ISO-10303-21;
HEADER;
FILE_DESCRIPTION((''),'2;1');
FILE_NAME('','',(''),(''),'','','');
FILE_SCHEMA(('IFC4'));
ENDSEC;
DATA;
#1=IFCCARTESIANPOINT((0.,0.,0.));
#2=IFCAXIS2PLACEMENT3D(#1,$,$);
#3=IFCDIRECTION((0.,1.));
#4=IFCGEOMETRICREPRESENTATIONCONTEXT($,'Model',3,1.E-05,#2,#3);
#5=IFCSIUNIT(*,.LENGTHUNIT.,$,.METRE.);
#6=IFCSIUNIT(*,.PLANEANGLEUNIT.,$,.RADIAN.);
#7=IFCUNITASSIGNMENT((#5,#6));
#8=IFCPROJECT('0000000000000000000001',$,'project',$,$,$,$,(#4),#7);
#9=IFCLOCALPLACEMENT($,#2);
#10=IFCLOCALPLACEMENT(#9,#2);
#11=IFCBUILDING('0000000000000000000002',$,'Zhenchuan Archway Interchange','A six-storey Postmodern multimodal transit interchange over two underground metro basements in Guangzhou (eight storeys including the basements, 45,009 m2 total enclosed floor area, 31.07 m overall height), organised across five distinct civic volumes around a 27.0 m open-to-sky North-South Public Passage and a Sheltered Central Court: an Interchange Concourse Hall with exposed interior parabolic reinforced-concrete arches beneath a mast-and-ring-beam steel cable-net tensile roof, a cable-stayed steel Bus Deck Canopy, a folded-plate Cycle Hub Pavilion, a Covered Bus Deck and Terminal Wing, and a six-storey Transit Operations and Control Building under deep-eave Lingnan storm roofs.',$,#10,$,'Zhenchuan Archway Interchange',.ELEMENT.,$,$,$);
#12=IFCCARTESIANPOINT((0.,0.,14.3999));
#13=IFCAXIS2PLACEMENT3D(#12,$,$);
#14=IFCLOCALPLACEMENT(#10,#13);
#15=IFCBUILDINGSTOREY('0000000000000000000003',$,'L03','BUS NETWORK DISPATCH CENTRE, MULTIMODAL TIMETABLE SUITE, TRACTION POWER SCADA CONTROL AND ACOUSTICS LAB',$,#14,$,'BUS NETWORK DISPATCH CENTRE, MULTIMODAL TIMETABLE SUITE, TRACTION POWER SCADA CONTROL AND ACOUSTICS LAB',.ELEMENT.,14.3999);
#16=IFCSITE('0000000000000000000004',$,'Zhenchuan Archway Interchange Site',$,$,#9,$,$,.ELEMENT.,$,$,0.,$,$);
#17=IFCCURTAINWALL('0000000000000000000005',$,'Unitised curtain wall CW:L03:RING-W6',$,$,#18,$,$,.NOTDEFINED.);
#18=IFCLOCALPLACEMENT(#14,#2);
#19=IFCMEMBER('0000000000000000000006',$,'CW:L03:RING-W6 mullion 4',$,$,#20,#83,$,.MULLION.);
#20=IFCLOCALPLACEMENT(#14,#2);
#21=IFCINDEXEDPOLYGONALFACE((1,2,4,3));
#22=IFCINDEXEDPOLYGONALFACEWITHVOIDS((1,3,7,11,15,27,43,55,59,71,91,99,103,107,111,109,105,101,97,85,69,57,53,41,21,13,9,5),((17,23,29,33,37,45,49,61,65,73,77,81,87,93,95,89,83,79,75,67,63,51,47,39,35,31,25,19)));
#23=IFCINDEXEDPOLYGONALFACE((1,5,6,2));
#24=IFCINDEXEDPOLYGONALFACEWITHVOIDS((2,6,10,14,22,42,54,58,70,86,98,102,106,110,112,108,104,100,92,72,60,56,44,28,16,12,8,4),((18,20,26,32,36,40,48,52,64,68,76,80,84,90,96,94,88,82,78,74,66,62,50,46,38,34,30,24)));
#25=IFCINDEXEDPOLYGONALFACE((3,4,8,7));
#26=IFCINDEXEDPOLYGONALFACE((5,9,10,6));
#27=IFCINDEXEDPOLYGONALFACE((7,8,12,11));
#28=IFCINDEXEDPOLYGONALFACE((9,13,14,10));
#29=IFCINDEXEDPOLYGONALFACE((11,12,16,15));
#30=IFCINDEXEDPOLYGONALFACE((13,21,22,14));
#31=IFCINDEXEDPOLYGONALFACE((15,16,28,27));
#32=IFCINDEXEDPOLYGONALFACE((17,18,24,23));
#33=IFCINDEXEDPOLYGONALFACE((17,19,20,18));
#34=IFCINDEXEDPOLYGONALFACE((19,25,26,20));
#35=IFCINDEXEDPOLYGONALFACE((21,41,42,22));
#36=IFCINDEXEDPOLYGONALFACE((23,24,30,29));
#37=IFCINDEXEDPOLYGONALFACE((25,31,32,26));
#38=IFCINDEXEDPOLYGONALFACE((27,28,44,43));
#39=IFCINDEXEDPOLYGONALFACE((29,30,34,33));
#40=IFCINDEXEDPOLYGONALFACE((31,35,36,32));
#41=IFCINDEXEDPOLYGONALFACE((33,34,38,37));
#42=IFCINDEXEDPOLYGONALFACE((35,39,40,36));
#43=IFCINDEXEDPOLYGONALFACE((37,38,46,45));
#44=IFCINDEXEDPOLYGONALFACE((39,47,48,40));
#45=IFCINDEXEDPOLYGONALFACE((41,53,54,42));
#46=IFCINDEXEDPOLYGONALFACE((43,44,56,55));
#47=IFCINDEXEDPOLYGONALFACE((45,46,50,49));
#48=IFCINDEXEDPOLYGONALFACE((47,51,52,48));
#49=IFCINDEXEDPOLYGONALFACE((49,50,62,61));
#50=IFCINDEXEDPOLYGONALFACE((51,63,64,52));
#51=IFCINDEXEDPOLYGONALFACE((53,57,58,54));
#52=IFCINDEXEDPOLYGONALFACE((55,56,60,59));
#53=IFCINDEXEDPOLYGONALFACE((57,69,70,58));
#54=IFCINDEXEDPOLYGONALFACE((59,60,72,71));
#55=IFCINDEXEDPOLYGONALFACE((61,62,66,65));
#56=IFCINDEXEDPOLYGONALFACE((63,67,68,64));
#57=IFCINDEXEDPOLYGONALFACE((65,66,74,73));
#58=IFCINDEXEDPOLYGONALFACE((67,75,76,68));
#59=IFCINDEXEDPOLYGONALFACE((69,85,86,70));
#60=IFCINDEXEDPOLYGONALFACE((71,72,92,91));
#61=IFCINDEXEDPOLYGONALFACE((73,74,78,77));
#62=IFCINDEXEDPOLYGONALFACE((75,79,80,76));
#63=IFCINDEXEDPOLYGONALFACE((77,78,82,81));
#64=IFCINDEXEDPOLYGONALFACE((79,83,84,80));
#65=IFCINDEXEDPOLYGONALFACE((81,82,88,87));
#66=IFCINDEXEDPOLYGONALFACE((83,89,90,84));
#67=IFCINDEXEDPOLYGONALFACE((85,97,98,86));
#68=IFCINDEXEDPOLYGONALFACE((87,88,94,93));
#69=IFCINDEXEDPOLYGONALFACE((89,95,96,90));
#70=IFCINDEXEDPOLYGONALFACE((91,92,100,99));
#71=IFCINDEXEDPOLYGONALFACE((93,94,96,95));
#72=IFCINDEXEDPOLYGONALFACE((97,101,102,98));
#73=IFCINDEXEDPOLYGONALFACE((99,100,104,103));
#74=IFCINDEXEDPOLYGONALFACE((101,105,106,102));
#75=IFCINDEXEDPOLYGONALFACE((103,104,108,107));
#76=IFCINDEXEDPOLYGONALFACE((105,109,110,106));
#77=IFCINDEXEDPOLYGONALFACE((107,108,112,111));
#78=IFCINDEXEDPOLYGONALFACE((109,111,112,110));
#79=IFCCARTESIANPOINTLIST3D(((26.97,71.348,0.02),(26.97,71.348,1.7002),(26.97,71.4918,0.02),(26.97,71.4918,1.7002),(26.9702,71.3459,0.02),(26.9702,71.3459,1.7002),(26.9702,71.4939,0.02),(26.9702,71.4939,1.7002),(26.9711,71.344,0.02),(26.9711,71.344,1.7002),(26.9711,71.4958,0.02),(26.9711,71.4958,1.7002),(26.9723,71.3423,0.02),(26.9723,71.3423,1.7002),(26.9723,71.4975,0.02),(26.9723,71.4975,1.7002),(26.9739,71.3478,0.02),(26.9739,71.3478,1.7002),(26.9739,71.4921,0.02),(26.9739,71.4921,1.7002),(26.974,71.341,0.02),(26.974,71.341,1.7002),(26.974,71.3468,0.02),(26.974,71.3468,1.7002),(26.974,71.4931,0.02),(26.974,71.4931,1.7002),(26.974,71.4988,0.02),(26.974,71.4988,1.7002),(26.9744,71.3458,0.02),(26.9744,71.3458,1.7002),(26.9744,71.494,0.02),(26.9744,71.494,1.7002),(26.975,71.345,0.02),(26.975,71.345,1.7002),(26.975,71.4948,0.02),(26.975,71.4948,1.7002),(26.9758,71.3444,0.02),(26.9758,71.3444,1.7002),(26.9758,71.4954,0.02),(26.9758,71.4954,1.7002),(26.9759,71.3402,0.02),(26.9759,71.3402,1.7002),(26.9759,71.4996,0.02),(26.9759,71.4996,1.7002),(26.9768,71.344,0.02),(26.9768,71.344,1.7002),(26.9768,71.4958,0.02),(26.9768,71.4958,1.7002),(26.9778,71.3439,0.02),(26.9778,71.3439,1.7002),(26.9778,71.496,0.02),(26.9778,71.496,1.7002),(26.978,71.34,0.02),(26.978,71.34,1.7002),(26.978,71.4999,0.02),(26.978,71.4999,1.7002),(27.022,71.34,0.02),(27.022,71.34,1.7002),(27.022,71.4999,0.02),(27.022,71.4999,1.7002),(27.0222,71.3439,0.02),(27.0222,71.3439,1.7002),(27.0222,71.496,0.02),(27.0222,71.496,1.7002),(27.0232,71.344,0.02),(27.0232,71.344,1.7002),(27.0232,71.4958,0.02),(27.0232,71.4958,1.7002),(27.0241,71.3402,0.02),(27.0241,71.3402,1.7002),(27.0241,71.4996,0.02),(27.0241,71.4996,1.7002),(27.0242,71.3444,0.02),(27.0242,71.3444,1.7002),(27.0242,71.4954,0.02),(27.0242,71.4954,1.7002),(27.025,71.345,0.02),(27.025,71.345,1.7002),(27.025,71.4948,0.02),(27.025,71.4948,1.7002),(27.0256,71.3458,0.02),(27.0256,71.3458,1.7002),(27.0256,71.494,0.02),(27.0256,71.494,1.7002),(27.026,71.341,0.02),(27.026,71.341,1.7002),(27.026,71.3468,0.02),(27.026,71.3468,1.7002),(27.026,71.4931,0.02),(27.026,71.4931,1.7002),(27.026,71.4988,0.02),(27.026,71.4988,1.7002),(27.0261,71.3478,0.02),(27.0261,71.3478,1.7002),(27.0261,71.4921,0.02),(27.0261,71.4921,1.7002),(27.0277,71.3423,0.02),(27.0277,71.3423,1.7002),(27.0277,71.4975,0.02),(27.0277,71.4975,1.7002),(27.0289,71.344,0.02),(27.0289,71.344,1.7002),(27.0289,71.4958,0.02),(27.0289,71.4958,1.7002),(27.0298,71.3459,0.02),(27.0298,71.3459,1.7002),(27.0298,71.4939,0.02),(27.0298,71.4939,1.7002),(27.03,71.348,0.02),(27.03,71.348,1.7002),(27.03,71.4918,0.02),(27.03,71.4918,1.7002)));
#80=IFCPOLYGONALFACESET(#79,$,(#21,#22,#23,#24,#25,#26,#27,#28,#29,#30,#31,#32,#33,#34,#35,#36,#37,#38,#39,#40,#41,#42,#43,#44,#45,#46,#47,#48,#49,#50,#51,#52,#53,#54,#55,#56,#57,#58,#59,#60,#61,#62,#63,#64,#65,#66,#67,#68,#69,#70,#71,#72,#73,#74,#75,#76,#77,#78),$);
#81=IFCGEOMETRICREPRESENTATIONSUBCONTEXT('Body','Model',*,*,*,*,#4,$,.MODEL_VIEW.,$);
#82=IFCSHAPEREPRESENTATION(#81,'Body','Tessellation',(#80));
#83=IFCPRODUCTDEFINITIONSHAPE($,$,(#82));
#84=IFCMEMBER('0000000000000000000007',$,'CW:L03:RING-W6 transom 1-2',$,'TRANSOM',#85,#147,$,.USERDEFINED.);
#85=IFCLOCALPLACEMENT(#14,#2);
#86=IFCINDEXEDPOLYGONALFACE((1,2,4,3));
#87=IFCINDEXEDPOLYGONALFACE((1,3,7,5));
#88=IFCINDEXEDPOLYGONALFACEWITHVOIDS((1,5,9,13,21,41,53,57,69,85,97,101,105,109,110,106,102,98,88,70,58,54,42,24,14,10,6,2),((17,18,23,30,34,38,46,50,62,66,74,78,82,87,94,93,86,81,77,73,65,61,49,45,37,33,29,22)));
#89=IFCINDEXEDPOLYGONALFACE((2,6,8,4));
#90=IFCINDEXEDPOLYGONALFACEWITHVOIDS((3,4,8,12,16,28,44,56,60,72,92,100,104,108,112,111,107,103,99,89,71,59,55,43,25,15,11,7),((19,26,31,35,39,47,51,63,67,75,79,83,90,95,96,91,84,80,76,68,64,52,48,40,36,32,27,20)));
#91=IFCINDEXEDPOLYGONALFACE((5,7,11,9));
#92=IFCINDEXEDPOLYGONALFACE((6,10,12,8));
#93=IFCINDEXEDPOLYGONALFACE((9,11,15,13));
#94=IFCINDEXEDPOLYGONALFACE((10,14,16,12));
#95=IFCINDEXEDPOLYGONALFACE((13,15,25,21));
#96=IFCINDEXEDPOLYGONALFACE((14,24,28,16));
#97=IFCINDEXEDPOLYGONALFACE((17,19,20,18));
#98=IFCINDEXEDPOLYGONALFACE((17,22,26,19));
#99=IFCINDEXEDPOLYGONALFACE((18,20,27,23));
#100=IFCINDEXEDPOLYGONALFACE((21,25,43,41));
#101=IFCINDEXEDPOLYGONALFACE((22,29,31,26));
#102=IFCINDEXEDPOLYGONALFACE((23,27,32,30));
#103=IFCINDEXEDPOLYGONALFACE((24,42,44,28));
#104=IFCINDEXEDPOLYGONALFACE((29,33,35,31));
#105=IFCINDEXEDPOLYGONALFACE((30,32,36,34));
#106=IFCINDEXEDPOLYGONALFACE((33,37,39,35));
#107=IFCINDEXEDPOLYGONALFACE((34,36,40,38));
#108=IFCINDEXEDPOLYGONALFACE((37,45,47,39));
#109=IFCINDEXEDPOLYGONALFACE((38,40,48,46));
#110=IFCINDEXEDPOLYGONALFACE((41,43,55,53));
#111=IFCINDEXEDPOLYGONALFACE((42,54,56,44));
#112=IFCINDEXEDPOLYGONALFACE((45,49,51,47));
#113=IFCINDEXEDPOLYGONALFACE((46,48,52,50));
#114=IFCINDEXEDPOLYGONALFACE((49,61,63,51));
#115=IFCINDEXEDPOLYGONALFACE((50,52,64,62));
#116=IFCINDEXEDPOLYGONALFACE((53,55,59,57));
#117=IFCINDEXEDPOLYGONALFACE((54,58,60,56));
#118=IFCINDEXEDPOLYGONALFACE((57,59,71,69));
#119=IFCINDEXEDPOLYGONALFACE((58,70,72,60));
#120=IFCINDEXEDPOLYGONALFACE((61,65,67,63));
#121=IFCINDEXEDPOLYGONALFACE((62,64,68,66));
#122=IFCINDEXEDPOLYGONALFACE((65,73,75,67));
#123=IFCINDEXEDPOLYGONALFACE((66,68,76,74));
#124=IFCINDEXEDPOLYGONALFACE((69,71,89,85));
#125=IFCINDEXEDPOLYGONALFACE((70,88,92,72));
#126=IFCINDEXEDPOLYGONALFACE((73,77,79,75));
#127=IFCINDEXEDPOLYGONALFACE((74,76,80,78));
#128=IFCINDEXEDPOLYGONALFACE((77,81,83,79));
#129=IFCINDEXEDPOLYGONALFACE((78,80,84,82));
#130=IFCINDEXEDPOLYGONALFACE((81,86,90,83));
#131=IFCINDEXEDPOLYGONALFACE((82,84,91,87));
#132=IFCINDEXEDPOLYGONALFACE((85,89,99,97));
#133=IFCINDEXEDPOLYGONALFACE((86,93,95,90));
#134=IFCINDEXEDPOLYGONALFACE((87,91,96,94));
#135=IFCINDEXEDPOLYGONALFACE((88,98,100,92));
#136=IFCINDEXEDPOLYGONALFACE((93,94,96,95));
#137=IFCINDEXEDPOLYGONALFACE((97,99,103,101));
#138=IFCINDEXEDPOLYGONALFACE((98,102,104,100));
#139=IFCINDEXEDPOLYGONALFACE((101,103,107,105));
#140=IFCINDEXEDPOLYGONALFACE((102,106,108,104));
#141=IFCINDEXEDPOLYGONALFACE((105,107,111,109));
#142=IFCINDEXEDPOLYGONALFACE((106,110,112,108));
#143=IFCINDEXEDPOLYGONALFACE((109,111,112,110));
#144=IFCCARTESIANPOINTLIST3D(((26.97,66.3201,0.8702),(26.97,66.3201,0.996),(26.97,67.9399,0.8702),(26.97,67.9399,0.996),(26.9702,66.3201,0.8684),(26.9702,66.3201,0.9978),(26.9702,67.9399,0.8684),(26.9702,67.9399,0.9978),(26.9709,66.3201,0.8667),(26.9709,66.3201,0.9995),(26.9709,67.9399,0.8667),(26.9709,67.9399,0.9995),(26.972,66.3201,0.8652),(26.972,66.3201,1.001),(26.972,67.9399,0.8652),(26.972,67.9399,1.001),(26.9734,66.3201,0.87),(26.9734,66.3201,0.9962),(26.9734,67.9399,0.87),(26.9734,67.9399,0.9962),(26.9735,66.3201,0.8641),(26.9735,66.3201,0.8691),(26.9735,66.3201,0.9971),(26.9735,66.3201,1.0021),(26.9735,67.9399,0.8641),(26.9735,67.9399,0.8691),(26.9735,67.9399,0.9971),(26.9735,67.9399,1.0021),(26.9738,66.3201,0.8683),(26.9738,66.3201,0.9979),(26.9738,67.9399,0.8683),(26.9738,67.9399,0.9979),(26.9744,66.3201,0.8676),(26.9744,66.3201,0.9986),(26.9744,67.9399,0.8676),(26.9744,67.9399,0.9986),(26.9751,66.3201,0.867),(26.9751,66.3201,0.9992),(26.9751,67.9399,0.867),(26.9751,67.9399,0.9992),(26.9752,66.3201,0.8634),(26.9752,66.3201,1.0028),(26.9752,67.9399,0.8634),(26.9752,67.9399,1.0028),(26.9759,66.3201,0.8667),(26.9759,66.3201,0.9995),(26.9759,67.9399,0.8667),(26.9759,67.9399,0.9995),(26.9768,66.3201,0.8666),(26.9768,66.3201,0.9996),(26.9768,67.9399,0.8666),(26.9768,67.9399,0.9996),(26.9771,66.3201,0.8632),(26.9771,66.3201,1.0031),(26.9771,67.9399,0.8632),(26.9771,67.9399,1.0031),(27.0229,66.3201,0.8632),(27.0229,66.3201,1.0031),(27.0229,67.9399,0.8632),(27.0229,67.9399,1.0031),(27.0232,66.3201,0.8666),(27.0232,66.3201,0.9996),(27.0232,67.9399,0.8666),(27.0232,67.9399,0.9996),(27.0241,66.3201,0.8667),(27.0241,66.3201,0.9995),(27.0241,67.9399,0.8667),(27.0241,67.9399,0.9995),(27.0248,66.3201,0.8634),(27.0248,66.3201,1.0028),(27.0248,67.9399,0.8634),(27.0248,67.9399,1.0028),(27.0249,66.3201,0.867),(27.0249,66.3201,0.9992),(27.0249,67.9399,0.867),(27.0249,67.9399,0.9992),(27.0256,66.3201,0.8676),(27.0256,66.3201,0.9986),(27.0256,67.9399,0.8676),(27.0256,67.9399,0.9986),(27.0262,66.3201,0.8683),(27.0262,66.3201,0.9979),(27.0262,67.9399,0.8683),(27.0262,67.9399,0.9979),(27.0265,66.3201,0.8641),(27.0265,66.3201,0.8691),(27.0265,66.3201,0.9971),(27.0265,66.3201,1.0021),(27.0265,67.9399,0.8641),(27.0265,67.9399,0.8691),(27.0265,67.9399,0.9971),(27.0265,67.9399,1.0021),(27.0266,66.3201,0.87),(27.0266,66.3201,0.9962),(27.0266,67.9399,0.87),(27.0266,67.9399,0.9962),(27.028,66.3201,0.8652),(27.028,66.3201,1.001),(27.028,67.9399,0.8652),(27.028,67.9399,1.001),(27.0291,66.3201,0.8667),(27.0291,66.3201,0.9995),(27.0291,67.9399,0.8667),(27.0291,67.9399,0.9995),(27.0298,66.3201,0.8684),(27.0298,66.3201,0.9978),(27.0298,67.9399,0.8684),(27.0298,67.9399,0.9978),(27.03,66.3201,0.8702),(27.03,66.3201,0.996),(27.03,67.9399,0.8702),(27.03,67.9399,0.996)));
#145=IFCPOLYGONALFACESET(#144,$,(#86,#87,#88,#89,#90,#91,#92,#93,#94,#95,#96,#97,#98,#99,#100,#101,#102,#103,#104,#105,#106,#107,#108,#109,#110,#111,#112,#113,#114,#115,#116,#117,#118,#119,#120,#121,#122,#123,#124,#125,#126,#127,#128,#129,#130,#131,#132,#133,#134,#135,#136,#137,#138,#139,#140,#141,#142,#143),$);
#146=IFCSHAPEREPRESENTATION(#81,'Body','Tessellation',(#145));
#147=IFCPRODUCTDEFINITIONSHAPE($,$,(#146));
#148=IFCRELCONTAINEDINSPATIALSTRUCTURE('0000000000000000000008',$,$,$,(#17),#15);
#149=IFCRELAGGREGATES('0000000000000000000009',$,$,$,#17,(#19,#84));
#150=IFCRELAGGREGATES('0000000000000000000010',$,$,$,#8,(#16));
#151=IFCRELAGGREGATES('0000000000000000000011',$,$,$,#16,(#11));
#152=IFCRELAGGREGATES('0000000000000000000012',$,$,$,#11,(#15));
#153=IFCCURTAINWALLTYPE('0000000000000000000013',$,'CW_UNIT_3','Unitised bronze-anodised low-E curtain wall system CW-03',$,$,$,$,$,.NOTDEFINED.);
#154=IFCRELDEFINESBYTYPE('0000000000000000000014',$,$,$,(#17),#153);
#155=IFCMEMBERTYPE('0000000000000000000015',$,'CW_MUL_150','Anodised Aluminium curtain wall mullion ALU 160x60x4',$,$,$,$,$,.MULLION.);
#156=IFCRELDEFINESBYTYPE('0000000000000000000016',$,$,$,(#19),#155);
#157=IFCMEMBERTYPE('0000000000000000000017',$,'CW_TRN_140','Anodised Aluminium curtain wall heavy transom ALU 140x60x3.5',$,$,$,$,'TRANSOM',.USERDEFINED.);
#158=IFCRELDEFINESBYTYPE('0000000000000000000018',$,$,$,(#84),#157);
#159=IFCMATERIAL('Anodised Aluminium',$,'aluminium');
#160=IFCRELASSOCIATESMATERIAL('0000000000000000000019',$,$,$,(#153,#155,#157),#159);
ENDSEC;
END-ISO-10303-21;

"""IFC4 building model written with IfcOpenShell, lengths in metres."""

from ifc_helpers import new_model, si_unit, direction, frame, origin, origin_2d, place, context, subcontext, project, spatial, hollow_rectangle, extrude, material, material_profile, profile_set, type_object, element, aggregate, save


model = new_model("IFC4")

# Units and contexts
model_context = context("Model", 3, precision=1e-05, world=origin(), true_north=direction((0.0, 1.0)))
body_context = subcontext(model_context, "Body", "Model", "MODEL_VIEW")
ifc_project = project(units=[si_unit("LENGTHUNIT", "METRE"), si_unit("PLANEANGLEUNIT", "RADIAN")], contexts=[model_context])

# Site, building, storey
site_placement = place(None, origin())
site = spatial("IfcSite", under=ifc_project, at=site_placement, Name="Zhenchuan Archway Interchange Site", CompositionType="ELEMENT", RefElevation=0.0)
building_placement = place(site_placement, origin())
building = spatial("IfcBuilding", under=site, at=building_placement, Name="Zhenchuan Archway Interchange", Description="A six-storey Postmodern multimodal transit interchange over two underground metro basements in Guangzhou (eight storeys including the basements, 45,009 m2 total enclosed floor area, 31.07 m overall height), organised across five distinct civic volumes around a 27.0 m open-to-sky North-South Public Passage and a Sheltered Central Court: an Interchange Concourse Hall with exposed interior parabolic reinforced-concrete arches beneath a mast-and-ring-beam steel cable-net tensile roof, a cable-stayed steel Bus Deck Canopy, a folded-plate Cycle Hub Pavilion, a Covered Bus Deck and Terminal Wing, and a six-storey Transit Operations and Control Building under deep-eave Lingnan storm roofs.", LongName="Zhenchuan Archway Interchange", CompositionType="ELEMENT")
storey_placement = place(building_placement, frame((0.0, 0.0, 14.3999)))
storey = spatial("IfcBuildingStorey", under=building, at=storey_placement, Name="L03", Description="BUS NETWORK DISPATCH CENTRE, MULTIMODAL TIMETABLE SUITE, TRACTION POWER SCADA CONTROL AND ACOUSTICS LAB", LongName="BUS NETWORK DISPATCH CENTRE, MULTIMODAL TIMETABLE SUITE, TRACTION POWER SCADA CONTROL AND ACOUSTICS LAB", CompositionType="ELEMENT", Elevation=14.3999)

# Curtain wall, members
ifc_material_1 = material(Name="Anodised Aluminium", Category="aluminium")
curtain_wall_type = type_object("IfcCurtainWallType", Name="CW_UNIT_3", Description="Unitised bronze-anodised low-E curtain wall system CW-03", PredefinedType="NOTDEFINED", material=ifc_material_1)
curtain_wall_placement = place(storey_placement, origin())
curtain_wall = element("IfcCurtainWall", 1, at=curtain_wall_placement, inside=storey, type_object=curtain_wall_type, Name="Unitised curtain wall CW:L03:RING-W6", PredefinedType="NOTDEFINED")
ifc_material_profile_1 = material_profile(ifc_material_1, hollow_rectangle(XDim=0.0601, YDim=0.1599, WallThickness=0.0039, InnerFilletRadius=0.0039, OuterFilletRadius=0.0081, at=origin_2d()), Name="ALU 160x60x4")
ifc_profile_set_1 = profile_set([ifc_material_profile_1], Name="Anodised Aluminium")
member_type_1 = type_object("IfcMemberType", Name="CW_MUL_150", Description="Anodised Aluminium curtain wall mullion ALU 160x60x4", PredefinedType="MULLION", material=ifc_profile_set_1)
member_1_placement = place(storey_placement, frame((27.0, 71.4199, 0.02), z_axis=(0.0, 0.0, 1.0), x_axis=(1.0, 0.0, 0.0)))
member_1 = element("IfcMember", 2, at=member_1_placement, type_object=member_type_1, Name="CW:L03:RING-W6 mullion 4", PredefinedType="MULLION", context=body_context, shape_type="SweptSolid", body=[
    extrude(hollow_rectangle(XDim=0.0601, YDim=0.1599, WallThickness=0.0039, InnerFilletRadius=0.0039, OuterFilletRadius=0.0081, at=origin_2d()), origin(), (0.0, 0.0, 1.0), 1.6802),
])
ifc_material_profile_2 = material_profile(ifc_material_1, hollow_rectangle(XDim=0.0601, YDim=0.1399, WallThickness=0.0034, InnerFilletRadius=0.0034, OuterFilletRadius=0.0071, at=origin_2d()), Name="ALU 140x60x3.5")
ifc_profile_set_2 = profile_set([ifc_material_profile_2], Name="Anodised Aluminium")
member_type_2 = type_object("IfcMemberType", Name="CW_TRN_140", Description="Anodised Aluminium curtain wall heavy transom ALU 140x60x3.5", ElementType="TRANSOM", PredefinedType="USERDEFINED", material=ifc_profile_set_2)
member_2_placement = place(storey_placement, frame((27.0, 66.3201, 0.9331), z_axis=(0.0, 1.0, 0.0), x_axis=(-1.0, 0.0, 0.0)))
member_2 = element("IfcMember", 3, at=member_2_placement, type_object=member_type_2, Name="CW:L03:RING-W6 transom 1-2", ObjectType="TRANSOM", PredefinedType="USERDEFINED", context=body_context, shape_type="SweptSolid", body=[
    extrude(hollow_rectangle(XDim=0.0601, YDim=0.1399, WallThickness=0.0034, InnerFilletRadius=0.0034, OuterFilletRadius=0.0071, at=origin_2d()), origin(), (0.0, 0.0, 1.0), 1.6199),
])
aggregate(curtain_wall, [member_1, member_2])

save(model, "model.ifc")
